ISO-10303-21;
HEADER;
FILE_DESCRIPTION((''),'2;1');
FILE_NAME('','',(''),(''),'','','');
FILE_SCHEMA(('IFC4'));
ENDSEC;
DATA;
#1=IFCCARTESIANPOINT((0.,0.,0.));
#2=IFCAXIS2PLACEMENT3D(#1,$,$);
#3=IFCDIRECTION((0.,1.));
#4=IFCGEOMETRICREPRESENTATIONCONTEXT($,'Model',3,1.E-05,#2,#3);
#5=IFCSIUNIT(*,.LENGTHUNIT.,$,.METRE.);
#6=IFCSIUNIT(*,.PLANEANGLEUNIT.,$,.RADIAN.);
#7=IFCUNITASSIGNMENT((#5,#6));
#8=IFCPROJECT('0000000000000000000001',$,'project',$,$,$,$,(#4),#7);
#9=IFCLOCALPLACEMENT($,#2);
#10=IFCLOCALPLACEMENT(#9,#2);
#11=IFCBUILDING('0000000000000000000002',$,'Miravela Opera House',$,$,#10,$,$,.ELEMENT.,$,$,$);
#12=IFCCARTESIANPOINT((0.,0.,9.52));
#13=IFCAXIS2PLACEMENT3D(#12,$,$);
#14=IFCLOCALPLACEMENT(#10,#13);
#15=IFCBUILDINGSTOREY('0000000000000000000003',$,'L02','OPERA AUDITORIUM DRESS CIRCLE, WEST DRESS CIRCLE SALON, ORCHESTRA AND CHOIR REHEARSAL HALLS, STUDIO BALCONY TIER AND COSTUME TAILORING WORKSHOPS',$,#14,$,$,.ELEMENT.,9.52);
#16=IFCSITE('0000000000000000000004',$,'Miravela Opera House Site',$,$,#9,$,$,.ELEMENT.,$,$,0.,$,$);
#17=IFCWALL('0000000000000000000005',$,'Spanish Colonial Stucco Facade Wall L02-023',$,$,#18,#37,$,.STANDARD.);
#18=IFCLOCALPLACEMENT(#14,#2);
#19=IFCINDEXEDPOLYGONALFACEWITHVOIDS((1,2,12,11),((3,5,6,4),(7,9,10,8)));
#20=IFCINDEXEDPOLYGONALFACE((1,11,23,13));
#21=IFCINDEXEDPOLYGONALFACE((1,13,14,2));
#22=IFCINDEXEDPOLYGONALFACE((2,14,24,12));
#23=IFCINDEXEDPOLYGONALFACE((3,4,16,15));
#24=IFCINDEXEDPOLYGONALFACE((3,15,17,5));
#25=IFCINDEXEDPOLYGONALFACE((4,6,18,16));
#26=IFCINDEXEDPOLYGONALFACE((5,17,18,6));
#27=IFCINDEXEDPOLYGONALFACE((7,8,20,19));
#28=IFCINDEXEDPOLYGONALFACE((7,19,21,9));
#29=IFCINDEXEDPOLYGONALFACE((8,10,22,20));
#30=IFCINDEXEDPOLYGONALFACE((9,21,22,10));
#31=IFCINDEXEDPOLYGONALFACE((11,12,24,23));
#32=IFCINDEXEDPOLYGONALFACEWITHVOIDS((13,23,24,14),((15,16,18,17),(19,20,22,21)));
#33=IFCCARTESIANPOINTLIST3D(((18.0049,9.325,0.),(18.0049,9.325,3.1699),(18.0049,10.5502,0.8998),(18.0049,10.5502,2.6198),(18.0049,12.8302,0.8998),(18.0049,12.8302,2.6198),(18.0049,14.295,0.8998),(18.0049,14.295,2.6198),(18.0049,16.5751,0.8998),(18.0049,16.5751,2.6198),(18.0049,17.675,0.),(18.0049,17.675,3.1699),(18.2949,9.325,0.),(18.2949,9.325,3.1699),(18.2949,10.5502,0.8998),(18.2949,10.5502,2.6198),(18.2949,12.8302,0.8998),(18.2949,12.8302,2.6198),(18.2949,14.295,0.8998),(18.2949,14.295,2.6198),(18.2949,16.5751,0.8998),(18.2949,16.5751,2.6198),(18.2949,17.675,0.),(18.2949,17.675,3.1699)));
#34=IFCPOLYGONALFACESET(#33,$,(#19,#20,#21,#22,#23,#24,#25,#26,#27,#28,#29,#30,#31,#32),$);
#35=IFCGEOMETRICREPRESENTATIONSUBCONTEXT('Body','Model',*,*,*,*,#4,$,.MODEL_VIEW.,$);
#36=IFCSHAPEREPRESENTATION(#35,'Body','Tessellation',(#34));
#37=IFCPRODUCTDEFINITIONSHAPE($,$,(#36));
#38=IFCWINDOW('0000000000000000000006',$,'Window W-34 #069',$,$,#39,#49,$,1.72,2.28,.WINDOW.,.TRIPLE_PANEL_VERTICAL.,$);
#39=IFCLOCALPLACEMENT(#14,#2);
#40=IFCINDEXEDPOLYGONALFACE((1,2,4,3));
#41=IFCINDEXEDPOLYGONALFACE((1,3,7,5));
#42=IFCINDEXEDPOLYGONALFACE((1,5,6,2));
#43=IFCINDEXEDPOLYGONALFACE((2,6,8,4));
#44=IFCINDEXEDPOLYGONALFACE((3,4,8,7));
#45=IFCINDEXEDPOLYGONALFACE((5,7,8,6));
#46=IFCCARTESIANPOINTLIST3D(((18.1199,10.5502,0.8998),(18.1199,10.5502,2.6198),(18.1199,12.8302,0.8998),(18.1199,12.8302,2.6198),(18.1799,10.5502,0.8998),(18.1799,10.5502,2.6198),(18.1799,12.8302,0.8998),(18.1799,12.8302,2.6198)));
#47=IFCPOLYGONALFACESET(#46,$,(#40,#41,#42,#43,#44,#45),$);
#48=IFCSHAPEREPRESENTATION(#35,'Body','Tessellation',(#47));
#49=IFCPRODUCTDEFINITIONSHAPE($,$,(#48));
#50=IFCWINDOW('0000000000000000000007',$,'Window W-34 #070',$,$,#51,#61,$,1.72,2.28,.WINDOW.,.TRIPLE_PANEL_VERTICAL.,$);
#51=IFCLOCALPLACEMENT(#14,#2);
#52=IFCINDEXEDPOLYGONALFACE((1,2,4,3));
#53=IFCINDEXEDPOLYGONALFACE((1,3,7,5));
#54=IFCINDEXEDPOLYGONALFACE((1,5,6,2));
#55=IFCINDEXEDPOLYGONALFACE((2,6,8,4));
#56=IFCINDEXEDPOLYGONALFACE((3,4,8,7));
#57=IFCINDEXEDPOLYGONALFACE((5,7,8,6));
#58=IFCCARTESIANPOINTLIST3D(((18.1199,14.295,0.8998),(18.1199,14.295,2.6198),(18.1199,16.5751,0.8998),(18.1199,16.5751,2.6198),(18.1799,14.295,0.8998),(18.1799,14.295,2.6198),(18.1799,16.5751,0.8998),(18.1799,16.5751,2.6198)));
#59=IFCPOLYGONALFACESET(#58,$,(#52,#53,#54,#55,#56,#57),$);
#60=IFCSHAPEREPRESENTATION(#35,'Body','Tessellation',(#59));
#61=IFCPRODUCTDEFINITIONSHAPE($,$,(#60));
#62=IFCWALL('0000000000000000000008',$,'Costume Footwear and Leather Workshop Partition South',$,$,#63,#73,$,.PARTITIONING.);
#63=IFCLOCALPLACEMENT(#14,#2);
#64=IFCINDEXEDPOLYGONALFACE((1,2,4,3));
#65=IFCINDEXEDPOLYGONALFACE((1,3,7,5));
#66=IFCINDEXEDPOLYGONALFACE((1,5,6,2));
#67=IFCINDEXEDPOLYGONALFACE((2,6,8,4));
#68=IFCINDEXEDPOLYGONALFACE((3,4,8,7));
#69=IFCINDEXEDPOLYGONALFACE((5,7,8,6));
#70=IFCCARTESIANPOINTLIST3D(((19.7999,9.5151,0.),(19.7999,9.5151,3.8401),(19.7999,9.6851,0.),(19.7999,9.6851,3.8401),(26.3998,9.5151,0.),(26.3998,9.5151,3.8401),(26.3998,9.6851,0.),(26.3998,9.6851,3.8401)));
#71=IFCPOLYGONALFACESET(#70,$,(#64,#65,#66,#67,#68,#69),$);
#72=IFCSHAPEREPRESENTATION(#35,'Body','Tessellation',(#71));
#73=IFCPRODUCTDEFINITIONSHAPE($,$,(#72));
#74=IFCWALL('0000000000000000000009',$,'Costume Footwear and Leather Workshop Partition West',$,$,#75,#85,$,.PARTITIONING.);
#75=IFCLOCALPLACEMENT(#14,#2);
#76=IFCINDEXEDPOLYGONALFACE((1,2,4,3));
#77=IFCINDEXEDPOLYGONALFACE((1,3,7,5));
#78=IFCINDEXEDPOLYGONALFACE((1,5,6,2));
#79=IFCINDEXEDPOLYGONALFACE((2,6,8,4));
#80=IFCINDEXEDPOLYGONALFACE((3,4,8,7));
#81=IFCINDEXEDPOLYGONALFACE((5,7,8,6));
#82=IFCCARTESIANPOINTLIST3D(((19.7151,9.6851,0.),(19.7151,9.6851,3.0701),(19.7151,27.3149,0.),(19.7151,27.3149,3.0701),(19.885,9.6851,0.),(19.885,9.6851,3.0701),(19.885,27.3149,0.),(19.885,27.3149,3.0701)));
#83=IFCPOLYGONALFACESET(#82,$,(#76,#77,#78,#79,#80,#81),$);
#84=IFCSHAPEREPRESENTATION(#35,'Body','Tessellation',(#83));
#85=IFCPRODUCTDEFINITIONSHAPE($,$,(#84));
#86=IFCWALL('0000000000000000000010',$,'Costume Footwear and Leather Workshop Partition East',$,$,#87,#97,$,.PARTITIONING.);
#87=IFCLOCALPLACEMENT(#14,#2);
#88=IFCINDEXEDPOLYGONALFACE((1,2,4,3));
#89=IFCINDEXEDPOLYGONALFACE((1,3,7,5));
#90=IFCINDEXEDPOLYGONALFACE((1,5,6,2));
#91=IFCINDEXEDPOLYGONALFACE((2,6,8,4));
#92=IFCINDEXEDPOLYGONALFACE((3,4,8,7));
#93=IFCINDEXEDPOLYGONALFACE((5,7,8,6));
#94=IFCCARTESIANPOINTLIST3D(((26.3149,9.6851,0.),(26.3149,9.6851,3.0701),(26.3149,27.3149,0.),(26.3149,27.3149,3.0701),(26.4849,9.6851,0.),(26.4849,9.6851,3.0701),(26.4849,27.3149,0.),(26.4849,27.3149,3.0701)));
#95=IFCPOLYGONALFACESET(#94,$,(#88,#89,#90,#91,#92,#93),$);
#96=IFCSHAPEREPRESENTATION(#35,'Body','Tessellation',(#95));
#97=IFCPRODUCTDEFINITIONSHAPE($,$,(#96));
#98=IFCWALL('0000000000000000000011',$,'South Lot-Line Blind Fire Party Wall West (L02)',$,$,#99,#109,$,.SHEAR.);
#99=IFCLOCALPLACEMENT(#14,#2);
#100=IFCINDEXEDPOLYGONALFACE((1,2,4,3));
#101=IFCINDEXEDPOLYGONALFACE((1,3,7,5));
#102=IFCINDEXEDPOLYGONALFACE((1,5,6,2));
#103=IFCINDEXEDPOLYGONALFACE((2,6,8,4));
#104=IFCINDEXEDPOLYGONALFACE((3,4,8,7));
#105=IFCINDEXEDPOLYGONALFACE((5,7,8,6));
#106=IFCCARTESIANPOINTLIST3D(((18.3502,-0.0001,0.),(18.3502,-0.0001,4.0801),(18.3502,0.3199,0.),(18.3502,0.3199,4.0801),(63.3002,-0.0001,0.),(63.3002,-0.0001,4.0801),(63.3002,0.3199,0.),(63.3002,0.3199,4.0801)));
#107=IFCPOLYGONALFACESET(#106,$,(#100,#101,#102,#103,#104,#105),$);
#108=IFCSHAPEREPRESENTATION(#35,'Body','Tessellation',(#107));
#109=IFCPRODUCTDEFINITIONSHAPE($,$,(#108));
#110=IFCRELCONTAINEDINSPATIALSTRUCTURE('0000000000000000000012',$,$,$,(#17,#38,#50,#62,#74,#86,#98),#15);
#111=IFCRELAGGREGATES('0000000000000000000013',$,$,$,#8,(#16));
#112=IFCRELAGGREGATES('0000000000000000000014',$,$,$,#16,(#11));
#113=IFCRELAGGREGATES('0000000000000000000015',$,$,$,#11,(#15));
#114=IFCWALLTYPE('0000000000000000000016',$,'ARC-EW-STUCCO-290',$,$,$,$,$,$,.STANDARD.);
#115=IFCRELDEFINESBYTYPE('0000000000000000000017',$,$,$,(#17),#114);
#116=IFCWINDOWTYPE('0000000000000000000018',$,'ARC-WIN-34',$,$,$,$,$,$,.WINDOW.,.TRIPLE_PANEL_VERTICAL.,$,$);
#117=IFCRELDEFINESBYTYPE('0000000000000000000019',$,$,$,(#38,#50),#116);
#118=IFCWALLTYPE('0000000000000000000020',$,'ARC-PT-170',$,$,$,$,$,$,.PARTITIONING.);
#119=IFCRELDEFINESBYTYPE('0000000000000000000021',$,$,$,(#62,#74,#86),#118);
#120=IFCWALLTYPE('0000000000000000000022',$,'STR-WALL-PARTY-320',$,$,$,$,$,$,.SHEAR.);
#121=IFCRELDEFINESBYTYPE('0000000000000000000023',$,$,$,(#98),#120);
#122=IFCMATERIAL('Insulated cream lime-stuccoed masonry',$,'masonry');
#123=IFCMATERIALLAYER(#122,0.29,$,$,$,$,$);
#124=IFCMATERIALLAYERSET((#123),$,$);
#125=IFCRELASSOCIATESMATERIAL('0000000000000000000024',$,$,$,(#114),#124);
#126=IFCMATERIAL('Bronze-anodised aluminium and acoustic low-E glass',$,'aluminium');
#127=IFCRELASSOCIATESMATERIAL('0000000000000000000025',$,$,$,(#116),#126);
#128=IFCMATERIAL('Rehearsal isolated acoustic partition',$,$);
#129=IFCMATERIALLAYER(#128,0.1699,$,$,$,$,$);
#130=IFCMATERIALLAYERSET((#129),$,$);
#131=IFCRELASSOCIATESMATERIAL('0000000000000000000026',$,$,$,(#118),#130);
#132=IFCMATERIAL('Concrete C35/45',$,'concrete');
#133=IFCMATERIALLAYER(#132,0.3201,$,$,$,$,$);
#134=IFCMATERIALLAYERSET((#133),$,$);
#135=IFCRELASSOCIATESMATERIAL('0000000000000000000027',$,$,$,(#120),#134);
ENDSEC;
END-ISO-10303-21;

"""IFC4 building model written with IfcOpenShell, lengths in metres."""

from ifc_helpers import new_model, si_unit, direction, frame, frame_2d, origin, place, context, subcontext, project, spatial, rectangle, extrude, material, layer, layer_set, type_object, element, fill, save


model = new_model("IFC4")

# Units and contexts
model_context = context("Model", 3, precision=1e-05, world=origin(), true_north=direction((0.0, 1.0)))
body_context = subcontext(model_context, "Body", "Model", "MODEL_VIEW")
ifc_project = project(units=[si_unit("LENGTHUNIT", "METRE"), si_unit("PLANEANGLEUNIT", "RADIAN")], contexts=[model_context])

# Site, building, storey
site_placement = place(None, origin())
site = spatial("IfcSite", under=ifc_project, at=site_placement, Name="Miravela Opera House Site", CompositionType="ELEMENT", RefElevation=0.0)
building_placement = place(site_placement, origin())
building = spatial("IfcBuilding", under=site, at=building_placement, Name="Miravela Opera House", CompositionType="ELEMENT")
storey_placement = place(building_placement, frame((0.0, 0.0, 9.52)))
storey = spatial("IfcBuildingStorey", under=building, at=storey_placement, Name="L02", Description="OPERA AUDITORIUM DRESS CIRCLE, WEST DRESS CIRCLE SALON, ORCHESTRA AND CHOIR REHEARSAL HALLS, STUDIO BALCONY TIER AND COSTUME TAILORING WORKSHOPS", CompositionType="ELEMENT", Elevation=9.52)

# Shared definitions
ifc_material_1 = material(Name="Concrete C35/45", Category="concrete")

# Wall, openings, windows
ifc_material_2 = material(Name="Insulated cream lime-stuccoed masonry", Category="masonry")
ifc_layer_1 = layer(ifc_material_2, 0.29)
ifc_layer_set_1 = layer_set([ifc_layer_1])
wall_type_1 = type_object("IfcWallType", Name="ARC-EW-STUCCO-290", PredefinedType="STANDARD", material=ifc_layer_set_1)
ifc_material_3 = material(Name="Bronze-anodised aluminium and acoustic low-E glass", Category="aluminium")
wall_1_placement = place(storey_placement, frame((18.1499, 9.325, 0.0), z_axis=(0.0, 0.0, 1.0), x_axis=(0.0, 1.0, 0.0)))
wall_1 = element("IfcWall", 1, at=wall_1_placement, inside=storey, type_object=wall_type_1, Name="Spanish Colonial Stucco Facade Wall L02-023", PredefinedType="STANDARD", context=body_context, shape_type="SweptSolid", body=[
    extrude(rectangle(XDim=8.3501, YDim=0.29, at=frame_2d((4.175, 0.0))), origin(), (0.0, 0.0, 1.0), 3.1699),
])
opening_1_placement = place(wall_1_placement, frame((1.2251, 0.0, 0.8999)))
opening_1 = element("IfcOpeningElement", 2, at=opening_1_placement, cuts=wall_1, PredefinedType="OPENING", context=body_context, shape_type="SweptSolid", body=[
    extrude(rectangle(XDim=2.28, YDim=1.72, at=frame_2d((1.1401, 0.8599))), frame((0.0, 0.155, 0.0), z_axis=(0.0, -1.0, 0.0), x_axis=(1.0, 0.0, 0.0)), (0.0, 0.0, 1.0), 0.3101),
])
opening_2_placement = place(wall_1_placement, frame((4.97, 0.0, 0.8999)))
opening_2 = element("IfcOpeningElement", 3, at=opening_2_placement, cuts=wall_1, PredefinedType="OPENING", context=body_context, shape_type="SweptSolid", body=[
    extrude(rectangle(XDim=2.28, YDim=1.72, at=frame_2d((1.1401, 0.8599))), frame((0.0, 0.155, 0.0), z_axis=(0.0, -1.0, 0.0), x_axis=(1.0, 0.0, 0.0)), (0.0, 0.0, 1.0), 0.3101),
])
window_type_1 = type_object("IfcWindowType", Name="ARC-WIN-34", PartitioningType="TRIPLE_PANEL_VERTICAL", PredefinedType="WINDOW", material=ifc_material_3)
window_1_placement = place(opening_1_placement, origin())
window_1 = element("IfcWindow", 4, at=window_1_placement, inside=storey, type_object=window_type_1, Name="Window W-34 #069", OverallHeight=1.72, OverallWidth=2.28, PartitioningType="TRIPLE_PANEL_VERTICAL", PredefinedType="WINDOW", context=body_context, shape_type="SweptSolid", body=[
    extrude(rectangle(XDim=2.28, YDim=1.72, at=frame_2d((1.1401, 0.8599))), frame((0.0, 0.03, 0.0), z_axis=(0.0, -1.0, 0.0), x_axis=(1.0, 0.0, 0.0)), (0.0, 0.0, 1.0), 0.0601),
])
fill(opening_1, window_1)
window_2_placement = place(opening_2_placement, origin())
window_2 = element("IfcWindow", 5, at=window_2_placement, inside=storey, type_object=window_type_1, Name="Window W-34 #070", OverallHeight=1.72, OverallWidth=2.28, PartitioningType="TRIPLE_PANEL_VERTICAL", PredefinedType="WINDOW", context=body_context, shape_type="SweptSolid", body=[
    extrude(rectangle(XDim=2.28, YDim=1.72, at=frame_2d((1.1401, 0.8599))), frame((0.0, 0.03, 0.0), z_axis=(0.0, -1.0, 0.0), x_axis=(1.0, 0.0, 0.0)), (0.0, 0.0, 1.0), 0.0601),
])
fill(opening_2, window_2)

# Walls
ifc_material_4 = material(Name="Rehearsal isolated acoustic partition")
ifc_layer_2 = layer(ifc_material_4, 0.1699)
ifc_layer_set_2 = layer_set([ifc_layer_2])
wall_type_2 = type_object("IfcWallType", Name="ARC-PT-170", PredefinedType="PARTITIONING", material=ifc_layer_set_2)
wall_2_placement = place(storey_placement, frame((19.8, 9.6001, 0.0), z_axis=(0.0, 0.0, 1.0), x_axis=(1.0, 0.0, 0.0)))
element("IfcWall", 6, at=wall_2_placement, inside=storey, type_object=wall_type_2, Name="Costume Footwear and Leather Workshop Partition South", PredefinedType="PARTITIONING", context=body_context, shape_type="SweptSolid", body=[
    extrude(rectangle(XDim=6.5999, YDim=0.1699, at=frame_2d((3.2998, 0.0))), origin(), (0.0, 0.0, 1.0), 3.8401),
])
for number, where, z_axis, x_axis, name in (
    (7, (19.8, 9.6851, 0.0), (0.0, 0.0, 1.0), (0.0, 1.0, 0.0), "Costume Footwear and Leather Workshop Partition West"),
    (8, (26.3999, 9.6851, 0.0), (0.0, 0.0, 1.0), (0.0, 1.0, 0.0), "Costume Footwear and Leather Workshop Partition East"),
):
    element("IfcWall", number, at=place(storey_placement, frame(where, z_axis=z_axis, x_axis=x_axis)), inside=storey, type_object=wall_type_2, Name=name, PredefinedType="PARTITIONING", context=body_context, shape_type="SweptSolid", body=[
        extrude(rectangle(XDim=17.6299, YDim=0.1699, at=frame_2d((8.8149, 0.0))), origin(), (0.0, 0.0, 1.0), 3.0701),
    ])
ifc_layer_3 = layer(ifc_material_1, 0.3201)
ifc_layer_set_3 = layer_set([ifc_layer_3])
wall_type_3 = type_object("IfcWallType", Name="STR-WALL-PARTY-320", PredefinedType="SHEAR", material=ifc_layer_set_3)
wall_3_placement = place(storey_placement, frame((18.3501, 0.1599, 0.0), z_axis=(0.0, 0.0, 1.0), x_axis=(1.0, 0.0, 0.0)))
element("IfcWall", 9, at=wall_3_placement, inside=storey, type_object=wall_type_3, Name="South Lot-Line Blind Fire Party Wall West (L02)", PredefinedType="SHEAR", context=body_context, shape_type="SweptSolid", body=[
    extrude(rectangle(XDim=44.95, YDim=0.3201, at=frame_2d((22.4751, 0.0))), origin(), (0.0, 0.0, 1.0), 4.0801),
])

save(model, "model.ifc")
